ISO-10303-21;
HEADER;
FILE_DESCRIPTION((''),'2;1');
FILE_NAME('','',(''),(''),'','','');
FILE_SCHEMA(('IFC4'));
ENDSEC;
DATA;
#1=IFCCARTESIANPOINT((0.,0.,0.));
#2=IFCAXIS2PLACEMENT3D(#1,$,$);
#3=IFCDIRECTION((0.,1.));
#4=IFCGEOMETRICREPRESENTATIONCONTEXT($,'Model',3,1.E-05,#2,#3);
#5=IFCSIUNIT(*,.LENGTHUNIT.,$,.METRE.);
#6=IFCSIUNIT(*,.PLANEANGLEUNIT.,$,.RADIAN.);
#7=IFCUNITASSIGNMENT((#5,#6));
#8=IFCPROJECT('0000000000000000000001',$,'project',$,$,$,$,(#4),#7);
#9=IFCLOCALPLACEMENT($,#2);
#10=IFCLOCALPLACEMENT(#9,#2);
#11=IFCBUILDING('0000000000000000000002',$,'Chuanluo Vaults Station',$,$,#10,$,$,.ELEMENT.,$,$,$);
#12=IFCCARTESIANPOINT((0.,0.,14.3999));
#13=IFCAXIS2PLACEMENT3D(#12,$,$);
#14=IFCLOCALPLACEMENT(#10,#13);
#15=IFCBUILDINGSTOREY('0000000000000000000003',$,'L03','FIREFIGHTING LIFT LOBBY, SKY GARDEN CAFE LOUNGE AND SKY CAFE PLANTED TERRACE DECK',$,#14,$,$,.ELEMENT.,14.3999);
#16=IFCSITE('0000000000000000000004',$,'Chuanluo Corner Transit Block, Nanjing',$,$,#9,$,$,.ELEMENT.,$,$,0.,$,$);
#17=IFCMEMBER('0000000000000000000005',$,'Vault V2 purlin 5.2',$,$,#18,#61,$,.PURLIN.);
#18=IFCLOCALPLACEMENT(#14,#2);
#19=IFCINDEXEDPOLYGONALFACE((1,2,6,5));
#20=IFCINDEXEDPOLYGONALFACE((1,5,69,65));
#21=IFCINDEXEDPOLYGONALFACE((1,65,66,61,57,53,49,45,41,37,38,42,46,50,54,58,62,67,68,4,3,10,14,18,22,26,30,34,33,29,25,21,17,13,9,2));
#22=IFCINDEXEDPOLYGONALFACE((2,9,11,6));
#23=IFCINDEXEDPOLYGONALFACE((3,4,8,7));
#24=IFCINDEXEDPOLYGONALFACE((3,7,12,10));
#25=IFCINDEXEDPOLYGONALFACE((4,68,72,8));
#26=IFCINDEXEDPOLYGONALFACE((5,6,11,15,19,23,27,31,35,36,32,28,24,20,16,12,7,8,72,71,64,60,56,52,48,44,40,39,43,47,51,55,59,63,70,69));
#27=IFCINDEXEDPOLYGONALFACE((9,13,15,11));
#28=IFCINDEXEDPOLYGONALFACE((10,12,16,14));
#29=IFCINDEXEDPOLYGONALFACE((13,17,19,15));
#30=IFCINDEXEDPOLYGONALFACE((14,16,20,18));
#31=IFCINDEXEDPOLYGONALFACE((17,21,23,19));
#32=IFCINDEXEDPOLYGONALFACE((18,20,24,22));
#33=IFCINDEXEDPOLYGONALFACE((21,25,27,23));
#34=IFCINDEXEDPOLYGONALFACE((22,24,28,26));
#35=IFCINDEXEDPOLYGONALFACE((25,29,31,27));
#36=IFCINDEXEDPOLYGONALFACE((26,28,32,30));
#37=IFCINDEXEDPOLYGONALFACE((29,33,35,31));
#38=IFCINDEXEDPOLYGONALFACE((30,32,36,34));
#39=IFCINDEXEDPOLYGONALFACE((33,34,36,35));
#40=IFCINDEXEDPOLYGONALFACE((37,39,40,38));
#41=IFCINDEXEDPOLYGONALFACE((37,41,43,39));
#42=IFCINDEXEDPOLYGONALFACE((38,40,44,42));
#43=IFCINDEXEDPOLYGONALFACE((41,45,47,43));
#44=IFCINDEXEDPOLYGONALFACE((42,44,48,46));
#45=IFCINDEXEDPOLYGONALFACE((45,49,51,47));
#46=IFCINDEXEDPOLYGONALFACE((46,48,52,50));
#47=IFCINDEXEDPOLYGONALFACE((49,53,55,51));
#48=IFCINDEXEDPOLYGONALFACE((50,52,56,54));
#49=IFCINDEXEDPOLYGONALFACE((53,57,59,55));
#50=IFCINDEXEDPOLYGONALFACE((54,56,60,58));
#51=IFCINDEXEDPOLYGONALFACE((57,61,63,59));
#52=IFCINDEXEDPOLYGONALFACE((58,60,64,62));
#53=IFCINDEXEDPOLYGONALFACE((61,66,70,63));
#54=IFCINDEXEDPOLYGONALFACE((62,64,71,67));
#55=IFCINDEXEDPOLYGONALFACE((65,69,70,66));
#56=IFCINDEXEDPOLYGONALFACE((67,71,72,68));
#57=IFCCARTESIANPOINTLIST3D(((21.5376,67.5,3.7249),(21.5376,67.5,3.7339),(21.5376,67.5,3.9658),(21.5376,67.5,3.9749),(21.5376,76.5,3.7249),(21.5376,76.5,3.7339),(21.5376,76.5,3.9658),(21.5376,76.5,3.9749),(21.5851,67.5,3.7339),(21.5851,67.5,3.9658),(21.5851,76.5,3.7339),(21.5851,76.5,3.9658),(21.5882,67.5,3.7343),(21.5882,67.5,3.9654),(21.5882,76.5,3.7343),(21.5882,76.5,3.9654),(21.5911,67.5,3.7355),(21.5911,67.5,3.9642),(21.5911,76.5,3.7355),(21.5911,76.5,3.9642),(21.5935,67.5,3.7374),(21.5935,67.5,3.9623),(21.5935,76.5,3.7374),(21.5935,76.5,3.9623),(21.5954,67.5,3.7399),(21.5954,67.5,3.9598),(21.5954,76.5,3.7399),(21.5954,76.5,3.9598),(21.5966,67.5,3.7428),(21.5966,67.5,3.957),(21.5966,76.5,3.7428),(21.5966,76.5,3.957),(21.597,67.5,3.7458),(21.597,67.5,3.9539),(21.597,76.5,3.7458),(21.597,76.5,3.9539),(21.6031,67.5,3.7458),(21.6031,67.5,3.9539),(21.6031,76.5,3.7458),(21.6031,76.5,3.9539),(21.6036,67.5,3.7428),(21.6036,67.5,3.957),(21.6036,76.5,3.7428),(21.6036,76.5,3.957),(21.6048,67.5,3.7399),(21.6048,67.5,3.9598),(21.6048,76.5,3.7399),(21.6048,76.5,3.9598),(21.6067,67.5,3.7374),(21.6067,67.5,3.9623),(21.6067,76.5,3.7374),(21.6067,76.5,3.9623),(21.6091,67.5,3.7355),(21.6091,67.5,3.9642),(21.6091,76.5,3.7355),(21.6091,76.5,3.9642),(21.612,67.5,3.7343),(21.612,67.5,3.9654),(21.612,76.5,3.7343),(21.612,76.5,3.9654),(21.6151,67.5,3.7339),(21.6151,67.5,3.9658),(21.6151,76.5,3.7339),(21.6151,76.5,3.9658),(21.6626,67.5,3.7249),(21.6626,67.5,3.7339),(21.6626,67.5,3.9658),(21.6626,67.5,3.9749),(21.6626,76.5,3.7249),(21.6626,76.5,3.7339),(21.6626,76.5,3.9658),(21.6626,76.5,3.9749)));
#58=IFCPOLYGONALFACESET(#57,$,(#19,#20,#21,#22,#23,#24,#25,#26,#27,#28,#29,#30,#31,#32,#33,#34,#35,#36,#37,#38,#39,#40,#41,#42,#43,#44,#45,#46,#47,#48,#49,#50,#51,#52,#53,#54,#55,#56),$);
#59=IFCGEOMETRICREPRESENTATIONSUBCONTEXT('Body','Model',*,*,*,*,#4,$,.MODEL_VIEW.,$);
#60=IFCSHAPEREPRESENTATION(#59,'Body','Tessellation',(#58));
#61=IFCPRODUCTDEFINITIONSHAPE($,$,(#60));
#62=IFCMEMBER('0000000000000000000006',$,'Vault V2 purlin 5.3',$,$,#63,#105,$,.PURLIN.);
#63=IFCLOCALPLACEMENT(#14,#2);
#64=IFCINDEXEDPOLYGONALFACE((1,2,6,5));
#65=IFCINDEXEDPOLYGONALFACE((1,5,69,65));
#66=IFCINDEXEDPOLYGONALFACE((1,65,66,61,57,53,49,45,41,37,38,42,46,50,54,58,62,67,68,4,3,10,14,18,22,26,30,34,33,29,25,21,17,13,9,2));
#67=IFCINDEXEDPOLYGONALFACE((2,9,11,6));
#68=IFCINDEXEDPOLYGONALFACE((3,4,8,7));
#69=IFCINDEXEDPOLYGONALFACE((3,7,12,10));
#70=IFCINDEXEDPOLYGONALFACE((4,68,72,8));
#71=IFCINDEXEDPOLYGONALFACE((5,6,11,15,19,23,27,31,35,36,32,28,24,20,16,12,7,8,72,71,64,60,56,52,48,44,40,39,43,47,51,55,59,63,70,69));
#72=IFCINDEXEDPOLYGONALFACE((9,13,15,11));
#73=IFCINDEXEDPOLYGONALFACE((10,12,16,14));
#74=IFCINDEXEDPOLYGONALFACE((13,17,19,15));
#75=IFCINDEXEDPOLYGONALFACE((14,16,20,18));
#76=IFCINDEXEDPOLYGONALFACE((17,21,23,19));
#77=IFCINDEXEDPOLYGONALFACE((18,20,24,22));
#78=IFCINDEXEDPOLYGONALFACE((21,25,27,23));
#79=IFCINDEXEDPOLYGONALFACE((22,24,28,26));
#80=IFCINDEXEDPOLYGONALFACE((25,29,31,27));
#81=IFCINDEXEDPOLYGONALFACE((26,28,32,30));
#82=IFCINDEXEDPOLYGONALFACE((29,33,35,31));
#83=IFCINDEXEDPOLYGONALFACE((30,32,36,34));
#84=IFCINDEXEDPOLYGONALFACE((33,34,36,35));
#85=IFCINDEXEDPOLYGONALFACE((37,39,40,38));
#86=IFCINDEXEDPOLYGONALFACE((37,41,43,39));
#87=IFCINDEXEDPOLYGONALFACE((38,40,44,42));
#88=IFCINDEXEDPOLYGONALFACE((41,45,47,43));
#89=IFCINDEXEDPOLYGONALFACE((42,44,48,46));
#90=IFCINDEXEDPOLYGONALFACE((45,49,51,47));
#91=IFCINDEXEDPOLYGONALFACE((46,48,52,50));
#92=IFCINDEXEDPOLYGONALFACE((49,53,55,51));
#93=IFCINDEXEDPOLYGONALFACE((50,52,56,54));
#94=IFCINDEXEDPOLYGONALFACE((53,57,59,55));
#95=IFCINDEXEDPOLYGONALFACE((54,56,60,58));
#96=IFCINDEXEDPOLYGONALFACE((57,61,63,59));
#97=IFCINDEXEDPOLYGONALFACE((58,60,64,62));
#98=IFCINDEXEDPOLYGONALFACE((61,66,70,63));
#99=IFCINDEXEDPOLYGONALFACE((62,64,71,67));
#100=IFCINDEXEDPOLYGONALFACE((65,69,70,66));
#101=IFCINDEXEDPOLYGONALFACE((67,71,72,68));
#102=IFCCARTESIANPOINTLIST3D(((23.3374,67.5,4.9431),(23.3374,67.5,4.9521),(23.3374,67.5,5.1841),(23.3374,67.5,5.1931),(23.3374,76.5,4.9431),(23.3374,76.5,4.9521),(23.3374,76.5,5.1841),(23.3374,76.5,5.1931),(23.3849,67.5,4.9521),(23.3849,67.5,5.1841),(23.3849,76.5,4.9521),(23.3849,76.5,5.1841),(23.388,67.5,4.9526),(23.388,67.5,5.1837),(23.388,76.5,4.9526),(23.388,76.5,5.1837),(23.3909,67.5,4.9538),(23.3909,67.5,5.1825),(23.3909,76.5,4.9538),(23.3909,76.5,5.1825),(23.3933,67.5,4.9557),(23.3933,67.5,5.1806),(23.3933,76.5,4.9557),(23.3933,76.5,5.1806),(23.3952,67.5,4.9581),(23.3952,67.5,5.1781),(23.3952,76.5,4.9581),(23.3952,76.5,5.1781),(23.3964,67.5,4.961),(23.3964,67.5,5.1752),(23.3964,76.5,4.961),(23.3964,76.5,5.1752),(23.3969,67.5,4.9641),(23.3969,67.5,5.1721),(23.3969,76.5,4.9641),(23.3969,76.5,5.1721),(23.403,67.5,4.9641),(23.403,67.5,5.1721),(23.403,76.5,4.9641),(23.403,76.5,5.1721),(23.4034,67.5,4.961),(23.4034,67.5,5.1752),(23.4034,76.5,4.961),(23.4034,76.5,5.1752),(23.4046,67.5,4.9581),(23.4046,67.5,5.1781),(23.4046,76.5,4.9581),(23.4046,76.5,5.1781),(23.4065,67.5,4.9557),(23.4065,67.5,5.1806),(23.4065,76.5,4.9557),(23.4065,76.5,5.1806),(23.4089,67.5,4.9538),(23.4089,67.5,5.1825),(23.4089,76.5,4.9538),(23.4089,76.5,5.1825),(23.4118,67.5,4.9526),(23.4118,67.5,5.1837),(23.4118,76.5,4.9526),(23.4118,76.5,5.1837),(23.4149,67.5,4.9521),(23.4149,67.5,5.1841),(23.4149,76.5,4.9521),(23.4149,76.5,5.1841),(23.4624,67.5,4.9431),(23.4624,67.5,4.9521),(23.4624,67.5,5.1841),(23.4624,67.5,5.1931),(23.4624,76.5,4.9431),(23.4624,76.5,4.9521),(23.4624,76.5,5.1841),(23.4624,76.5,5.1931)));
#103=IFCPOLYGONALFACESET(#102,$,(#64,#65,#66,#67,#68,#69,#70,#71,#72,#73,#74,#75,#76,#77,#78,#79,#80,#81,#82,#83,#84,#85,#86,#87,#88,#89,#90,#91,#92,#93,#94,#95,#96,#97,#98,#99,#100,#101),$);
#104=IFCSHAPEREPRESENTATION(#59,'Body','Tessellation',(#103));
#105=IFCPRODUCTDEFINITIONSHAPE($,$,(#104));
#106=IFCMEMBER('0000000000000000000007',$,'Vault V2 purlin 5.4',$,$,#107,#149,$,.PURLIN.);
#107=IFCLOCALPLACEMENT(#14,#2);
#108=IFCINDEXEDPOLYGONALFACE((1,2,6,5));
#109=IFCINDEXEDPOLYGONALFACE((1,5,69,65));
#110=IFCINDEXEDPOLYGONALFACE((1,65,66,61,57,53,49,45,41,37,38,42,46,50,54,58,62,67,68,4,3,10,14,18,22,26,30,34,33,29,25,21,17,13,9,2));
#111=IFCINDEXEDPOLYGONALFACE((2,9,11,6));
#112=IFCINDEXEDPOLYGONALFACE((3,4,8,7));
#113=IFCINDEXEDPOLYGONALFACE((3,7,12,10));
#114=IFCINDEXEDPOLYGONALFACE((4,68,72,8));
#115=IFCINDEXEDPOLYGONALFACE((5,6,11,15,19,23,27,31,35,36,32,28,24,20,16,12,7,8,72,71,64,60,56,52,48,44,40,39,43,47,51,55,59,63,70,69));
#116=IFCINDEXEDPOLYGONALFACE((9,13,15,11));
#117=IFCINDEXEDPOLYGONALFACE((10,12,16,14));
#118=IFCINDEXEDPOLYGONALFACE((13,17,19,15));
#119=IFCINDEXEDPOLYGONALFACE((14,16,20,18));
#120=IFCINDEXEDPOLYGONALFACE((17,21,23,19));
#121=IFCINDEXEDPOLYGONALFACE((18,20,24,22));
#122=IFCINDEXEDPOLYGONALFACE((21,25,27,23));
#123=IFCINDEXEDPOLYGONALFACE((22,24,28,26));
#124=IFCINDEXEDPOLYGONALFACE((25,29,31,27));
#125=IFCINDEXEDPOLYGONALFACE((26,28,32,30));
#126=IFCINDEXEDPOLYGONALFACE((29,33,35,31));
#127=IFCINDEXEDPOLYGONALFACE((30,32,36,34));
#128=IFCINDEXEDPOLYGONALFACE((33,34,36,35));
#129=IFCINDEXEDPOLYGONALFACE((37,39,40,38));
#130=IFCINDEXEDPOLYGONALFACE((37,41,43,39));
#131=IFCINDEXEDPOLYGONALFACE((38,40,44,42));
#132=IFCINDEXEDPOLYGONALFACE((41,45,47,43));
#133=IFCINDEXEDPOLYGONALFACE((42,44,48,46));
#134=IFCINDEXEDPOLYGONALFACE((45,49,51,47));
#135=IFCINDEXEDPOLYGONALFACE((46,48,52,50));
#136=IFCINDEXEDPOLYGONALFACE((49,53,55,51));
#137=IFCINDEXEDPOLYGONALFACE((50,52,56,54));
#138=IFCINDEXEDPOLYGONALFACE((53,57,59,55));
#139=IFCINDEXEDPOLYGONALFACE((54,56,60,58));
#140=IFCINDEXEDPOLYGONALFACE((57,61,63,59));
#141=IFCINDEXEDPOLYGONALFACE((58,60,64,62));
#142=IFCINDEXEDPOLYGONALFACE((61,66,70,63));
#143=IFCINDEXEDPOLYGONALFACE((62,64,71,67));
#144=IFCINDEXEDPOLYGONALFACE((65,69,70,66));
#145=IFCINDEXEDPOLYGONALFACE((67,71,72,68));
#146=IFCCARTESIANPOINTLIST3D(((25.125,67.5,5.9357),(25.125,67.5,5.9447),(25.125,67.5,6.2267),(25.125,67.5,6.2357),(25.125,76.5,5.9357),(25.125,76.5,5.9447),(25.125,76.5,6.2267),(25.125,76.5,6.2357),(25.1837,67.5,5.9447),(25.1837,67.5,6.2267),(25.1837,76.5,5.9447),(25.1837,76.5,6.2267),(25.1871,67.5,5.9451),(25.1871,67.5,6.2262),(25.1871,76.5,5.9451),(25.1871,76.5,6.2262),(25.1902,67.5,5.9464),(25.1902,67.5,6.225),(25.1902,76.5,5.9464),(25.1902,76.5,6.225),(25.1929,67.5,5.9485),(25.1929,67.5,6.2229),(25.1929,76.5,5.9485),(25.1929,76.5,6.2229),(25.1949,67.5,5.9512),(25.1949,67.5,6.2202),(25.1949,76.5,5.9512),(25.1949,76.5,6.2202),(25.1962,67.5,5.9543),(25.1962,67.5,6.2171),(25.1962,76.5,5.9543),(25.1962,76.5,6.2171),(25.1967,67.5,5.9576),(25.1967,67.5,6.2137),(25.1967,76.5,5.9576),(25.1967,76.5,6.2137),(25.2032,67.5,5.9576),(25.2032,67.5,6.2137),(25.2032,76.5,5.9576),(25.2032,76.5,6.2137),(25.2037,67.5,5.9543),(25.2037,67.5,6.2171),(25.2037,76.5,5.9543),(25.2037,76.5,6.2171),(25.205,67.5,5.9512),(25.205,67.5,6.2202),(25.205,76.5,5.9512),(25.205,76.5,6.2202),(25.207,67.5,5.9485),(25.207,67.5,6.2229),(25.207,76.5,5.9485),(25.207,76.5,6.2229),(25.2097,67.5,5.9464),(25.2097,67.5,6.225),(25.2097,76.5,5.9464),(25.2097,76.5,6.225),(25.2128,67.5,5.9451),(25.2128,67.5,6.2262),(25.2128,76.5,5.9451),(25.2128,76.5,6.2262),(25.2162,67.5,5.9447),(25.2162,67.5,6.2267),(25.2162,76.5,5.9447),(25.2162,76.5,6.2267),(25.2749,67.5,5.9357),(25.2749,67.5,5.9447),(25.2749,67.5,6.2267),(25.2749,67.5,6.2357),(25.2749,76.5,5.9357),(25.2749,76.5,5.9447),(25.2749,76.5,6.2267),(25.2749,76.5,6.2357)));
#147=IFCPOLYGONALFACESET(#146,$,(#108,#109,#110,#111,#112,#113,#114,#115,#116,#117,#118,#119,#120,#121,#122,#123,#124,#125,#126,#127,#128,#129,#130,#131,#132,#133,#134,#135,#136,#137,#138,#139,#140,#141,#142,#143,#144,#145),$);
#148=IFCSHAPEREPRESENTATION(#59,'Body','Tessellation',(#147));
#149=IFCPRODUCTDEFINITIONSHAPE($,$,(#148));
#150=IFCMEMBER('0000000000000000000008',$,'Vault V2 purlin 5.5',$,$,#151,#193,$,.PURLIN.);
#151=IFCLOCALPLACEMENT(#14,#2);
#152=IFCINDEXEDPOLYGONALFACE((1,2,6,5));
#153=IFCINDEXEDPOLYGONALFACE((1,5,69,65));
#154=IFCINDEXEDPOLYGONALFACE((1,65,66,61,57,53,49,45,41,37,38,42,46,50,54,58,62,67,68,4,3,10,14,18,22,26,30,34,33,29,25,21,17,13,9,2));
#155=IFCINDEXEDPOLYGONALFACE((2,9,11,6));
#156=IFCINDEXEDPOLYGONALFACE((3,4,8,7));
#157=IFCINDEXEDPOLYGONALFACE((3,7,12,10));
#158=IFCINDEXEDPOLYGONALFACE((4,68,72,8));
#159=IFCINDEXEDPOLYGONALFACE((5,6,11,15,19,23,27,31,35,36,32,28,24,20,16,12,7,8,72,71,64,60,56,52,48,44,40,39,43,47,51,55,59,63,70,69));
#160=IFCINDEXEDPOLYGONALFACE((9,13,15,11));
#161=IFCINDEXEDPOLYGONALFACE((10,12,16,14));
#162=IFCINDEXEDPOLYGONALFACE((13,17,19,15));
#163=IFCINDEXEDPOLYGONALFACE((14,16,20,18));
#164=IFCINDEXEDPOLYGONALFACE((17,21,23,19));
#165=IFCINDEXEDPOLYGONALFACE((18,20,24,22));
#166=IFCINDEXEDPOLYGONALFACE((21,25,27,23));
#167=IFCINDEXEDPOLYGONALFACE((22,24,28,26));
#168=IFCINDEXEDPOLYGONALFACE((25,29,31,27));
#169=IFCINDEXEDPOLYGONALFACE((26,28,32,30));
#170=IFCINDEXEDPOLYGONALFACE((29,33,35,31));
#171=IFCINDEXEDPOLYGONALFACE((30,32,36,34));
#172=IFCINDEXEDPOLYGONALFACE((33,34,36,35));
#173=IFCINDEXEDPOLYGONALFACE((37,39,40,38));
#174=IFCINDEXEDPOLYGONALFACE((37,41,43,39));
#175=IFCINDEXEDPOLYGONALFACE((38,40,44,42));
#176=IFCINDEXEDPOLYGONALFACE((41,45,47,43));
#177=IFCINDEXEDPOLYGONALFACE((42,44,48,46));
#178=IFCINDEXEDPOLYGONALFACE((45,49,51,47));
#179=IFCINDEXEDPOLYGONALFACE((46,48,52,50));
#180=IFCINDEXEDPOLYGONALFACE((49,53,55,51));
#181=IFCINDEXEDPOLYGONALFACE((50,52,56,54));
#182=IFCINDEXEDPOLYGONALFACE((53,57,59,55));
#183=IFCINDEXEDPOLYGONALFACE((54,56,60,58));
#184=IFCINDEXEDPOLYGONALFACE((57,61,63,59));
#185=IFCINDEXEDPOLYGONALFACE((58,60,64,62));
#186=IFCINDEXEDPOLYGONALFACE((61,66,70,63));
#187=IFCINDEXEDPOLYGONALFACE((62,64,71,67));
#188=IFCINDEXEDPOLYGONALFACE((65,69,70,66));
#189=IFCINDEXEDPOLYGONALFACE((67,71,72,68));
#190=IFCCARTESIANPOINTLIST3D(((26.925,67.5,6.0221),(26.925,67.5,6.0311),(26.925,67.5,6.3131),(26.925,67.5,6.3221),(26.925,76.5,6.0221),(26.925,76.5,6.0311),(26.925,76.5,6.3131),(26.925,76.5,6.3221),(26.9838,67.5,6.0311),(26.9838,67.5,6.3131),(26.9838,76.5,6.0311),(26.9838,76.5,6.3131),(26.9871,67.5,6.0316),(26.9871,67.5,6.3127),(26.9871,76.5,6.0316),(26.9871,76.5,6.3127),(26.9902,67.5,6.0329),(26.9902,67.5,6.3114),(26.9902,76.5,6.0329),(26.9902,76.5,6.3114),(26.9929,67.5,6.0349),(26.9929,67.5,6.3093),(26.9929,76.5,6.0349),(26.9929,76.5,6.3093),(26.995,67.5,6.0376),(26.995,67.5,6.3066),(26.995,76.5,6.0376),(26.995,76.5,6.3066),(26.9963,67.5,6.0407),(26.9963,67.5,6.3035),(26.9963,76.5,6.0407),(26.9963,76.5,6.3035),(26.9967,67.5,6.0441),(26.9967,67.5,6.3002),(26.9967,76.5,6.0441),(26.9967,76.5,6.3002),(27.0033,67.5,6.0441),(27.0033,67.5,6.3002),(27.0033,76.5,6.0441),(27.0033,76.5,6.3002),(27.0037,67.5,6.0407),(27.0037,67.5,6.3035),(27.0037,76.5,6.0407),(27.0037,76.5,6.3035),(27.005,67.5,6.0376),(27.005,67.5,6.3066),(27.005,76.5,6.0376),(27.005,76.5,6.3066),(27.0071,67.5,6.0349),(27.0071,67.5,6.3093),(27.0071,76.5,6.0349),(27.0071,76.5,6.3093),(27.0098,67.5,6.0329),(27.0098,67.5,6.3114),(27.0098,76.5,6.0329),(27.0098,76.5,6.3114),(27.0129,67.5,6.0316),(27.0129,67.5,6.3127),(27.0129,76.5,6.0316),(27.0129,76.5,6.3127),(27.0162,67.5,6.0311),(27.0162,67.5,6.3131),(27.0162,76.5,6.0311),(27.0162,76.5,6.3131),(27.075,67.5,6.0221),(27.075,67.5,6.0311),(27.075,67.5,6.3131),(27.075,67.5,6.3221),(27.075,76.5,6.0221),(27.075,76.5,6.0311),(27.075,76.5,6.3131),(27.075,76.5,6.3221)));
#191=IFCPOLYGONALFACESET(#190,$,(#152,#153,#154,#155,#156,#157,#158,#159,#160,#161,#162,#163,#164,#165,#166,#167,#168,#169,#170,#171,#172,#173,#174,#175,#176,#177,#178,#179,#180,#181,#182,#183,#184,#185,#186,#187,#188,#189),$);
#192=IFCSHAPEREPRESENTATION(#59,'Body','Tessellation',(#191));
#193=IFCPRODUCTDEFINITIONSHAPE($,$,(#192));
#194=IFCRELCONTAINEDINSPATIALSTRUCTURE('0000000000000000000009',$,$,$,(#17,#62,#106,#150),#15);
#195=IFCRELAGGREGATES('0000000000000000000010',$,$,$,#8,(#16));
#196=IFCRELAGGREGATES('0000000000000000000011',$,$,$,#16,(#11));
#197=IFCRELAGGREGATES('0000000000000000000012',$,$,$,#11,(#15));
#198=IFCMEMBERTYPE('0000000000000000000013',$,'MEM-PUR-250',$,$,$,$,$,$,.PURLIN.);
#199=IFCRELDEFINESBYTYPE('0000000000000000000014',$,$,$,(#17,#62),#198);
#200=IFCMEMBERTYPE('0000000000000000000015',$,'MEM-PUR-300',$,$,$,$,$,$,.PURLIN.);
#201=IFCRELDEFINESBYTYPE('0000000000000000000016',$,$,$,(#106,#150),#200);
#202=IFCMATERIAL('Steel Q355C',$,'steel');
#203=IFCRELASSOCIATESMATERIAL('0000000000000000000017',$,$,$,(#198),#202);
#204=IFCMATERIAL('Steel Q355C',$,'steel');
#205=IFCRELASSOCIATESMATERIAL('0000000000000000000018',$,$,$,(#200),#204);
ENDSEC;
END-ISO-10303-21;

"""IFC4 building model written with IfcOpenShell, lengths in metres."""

from ifc_helpers import new_model, si_unit, direction, frame, origin, origin_2d, place, context, subcontext, project, spatial, i_section, extrude, material, material_profile, profile_set, type_object, element, save


model = new_model("IFC4")

# Units and contexts
model_context = context("Model", 3, precision=1e-05, world=origin(), true_north=direction((0.0, 1.0)))
body_context = subcontext(model_context, "Body", "Model", "MODEL_VIEW")
ifc_project = project(units=[si_unit("LENGTHUNIT", "METRE"), si_unit("PLANEANGLEUNIT", "RADIAN")], contexts=[model_context])

# Site, building, storey
site_placement = place(None, origin())
site = spatial("IfcSite", under=ifc_project, at=site_placement, Name="Chuanluo Corner Transit Block, Nanjing", CompositionType="ELEMENT", RefElevation=0.0)
building_placement = place(site_placement, origin())
building = spatial("IfcBuilding", under=site, at=building_placement, Name="Chuanluo Vaults Station", CompositionType="ELEMENT")
storey_placement = place(building_placement, frame((0.0, 0.0, 14.3999)))
storey = spatial("IfcBuildingStorey", under=building, at=storey_placement, Name="L03", Description="FIREFIGHTING LIFT LOBBY, SKY GARDEN CAFE LOUNGE AND SKY CAFE PLANTED TERRACE DECK", CompositionType="ELEMENT", Elevation=14.3999)

# Members
ifc_material_1 = material(Name="Steel Q355C", Category="steel")
ifc_material_profile_1 = material_profile(ifc_material_1, i_section(OverallWidth=0.125, OverallDepth=0.25, WebThickness=0.0061, FlangeThickness=0.009, FilletRadius=0.012, at=origin_2d()))
ifc_profile_set_1 = profile_set([ifc_material_profile_1], Name="Steel Q355C")
member_type_1 = type_object("IfcMemberType", Name="MEM-PUR-250", PredefinedType="PURLIN", material=ifc_profile_set_1)
for number, where, z_axis, x_axis, name in (
    (1, (21.6001, 67.5, 3.8499), (0.0, 1.0, 0.0), (-1.0, 0.0, 0.0), "Vault V2 purlin 5.2"),
    (2, (23.3999, 67.5, 5.0681), (0.0, 1.0, 0.0), (-1.0, 0.0, 0.0), "Vault V2 purlin 5.3"),
):
    element("IfcMember", number, at=place(storey_placement, frame(where, z_axis=z_axis, x_axis=x_axis)), inside=storey, type_object=member_type_1, Name=name, PredefinedType="PURLIN", context=body_context, shape_type="SweptSolid", body=[
        extrude(i_section(OverallWidth=0.125, OverallDepth=0.25, WebThickness=0.0061, FlangeThickness=0.009, FilletRadius=0.012, at=origin_2d()), origin(), (0.0, 0.0, 1.0), 9.0),
    ])
ifc_material_2 = material(Name="Steel Q355C", Category="steel")
ifc_material_profile_2 = material_profile(ifc_material_2, i_section(OverallWidth=0.1499, OverallDepth=0.3, WebThickness=0.0066, FlangeThickness=0.009, FilletRadius=0.0129, at=origin_2d()))
ifc_profile_set_2 = profile_set([ifc_material_profile_2], Name="Steel Q355C")
member_type_2 = type_object("IfcMemberType", Name="MEM-PUR-300", PredefinedType="PURLIN", material=ifc_profile_set_2)
for number, where, z_axis, x_axis, name in (
    (3, (25.2, 67.5, 6.0857), (0.0, 1.0, 0.0), (-1.0, 0.0, 0.0), "Vault V2 purlin 5.4"),
    (4, (27.0, 67.5, 6.1721), (0.0, 1.0, 0.0), (-1.0, 0.0, 0.0), "Vault V2 purlin 5.5"),
):
    element("IfcMember", number, at=place(storey_placement, frame(where, z_axis=z_axis, x_axis=x_axis)), inside=storey, type_object=member_type_2, Name=name, PredefinedType="PURLIN", context=body_context, shape_type="SweptSolid", body=[
        extrude(i_section(OverallWidth=0.1499, OverallDepth=0.3, WebThickness=0.0066, FlangeThickness=0.009, FilletRadius=0.0129, at=origin_2d()), origin(), (0.0, 0.0, 1.0), 9.0),
    ])

save(model, "model.ifc")
